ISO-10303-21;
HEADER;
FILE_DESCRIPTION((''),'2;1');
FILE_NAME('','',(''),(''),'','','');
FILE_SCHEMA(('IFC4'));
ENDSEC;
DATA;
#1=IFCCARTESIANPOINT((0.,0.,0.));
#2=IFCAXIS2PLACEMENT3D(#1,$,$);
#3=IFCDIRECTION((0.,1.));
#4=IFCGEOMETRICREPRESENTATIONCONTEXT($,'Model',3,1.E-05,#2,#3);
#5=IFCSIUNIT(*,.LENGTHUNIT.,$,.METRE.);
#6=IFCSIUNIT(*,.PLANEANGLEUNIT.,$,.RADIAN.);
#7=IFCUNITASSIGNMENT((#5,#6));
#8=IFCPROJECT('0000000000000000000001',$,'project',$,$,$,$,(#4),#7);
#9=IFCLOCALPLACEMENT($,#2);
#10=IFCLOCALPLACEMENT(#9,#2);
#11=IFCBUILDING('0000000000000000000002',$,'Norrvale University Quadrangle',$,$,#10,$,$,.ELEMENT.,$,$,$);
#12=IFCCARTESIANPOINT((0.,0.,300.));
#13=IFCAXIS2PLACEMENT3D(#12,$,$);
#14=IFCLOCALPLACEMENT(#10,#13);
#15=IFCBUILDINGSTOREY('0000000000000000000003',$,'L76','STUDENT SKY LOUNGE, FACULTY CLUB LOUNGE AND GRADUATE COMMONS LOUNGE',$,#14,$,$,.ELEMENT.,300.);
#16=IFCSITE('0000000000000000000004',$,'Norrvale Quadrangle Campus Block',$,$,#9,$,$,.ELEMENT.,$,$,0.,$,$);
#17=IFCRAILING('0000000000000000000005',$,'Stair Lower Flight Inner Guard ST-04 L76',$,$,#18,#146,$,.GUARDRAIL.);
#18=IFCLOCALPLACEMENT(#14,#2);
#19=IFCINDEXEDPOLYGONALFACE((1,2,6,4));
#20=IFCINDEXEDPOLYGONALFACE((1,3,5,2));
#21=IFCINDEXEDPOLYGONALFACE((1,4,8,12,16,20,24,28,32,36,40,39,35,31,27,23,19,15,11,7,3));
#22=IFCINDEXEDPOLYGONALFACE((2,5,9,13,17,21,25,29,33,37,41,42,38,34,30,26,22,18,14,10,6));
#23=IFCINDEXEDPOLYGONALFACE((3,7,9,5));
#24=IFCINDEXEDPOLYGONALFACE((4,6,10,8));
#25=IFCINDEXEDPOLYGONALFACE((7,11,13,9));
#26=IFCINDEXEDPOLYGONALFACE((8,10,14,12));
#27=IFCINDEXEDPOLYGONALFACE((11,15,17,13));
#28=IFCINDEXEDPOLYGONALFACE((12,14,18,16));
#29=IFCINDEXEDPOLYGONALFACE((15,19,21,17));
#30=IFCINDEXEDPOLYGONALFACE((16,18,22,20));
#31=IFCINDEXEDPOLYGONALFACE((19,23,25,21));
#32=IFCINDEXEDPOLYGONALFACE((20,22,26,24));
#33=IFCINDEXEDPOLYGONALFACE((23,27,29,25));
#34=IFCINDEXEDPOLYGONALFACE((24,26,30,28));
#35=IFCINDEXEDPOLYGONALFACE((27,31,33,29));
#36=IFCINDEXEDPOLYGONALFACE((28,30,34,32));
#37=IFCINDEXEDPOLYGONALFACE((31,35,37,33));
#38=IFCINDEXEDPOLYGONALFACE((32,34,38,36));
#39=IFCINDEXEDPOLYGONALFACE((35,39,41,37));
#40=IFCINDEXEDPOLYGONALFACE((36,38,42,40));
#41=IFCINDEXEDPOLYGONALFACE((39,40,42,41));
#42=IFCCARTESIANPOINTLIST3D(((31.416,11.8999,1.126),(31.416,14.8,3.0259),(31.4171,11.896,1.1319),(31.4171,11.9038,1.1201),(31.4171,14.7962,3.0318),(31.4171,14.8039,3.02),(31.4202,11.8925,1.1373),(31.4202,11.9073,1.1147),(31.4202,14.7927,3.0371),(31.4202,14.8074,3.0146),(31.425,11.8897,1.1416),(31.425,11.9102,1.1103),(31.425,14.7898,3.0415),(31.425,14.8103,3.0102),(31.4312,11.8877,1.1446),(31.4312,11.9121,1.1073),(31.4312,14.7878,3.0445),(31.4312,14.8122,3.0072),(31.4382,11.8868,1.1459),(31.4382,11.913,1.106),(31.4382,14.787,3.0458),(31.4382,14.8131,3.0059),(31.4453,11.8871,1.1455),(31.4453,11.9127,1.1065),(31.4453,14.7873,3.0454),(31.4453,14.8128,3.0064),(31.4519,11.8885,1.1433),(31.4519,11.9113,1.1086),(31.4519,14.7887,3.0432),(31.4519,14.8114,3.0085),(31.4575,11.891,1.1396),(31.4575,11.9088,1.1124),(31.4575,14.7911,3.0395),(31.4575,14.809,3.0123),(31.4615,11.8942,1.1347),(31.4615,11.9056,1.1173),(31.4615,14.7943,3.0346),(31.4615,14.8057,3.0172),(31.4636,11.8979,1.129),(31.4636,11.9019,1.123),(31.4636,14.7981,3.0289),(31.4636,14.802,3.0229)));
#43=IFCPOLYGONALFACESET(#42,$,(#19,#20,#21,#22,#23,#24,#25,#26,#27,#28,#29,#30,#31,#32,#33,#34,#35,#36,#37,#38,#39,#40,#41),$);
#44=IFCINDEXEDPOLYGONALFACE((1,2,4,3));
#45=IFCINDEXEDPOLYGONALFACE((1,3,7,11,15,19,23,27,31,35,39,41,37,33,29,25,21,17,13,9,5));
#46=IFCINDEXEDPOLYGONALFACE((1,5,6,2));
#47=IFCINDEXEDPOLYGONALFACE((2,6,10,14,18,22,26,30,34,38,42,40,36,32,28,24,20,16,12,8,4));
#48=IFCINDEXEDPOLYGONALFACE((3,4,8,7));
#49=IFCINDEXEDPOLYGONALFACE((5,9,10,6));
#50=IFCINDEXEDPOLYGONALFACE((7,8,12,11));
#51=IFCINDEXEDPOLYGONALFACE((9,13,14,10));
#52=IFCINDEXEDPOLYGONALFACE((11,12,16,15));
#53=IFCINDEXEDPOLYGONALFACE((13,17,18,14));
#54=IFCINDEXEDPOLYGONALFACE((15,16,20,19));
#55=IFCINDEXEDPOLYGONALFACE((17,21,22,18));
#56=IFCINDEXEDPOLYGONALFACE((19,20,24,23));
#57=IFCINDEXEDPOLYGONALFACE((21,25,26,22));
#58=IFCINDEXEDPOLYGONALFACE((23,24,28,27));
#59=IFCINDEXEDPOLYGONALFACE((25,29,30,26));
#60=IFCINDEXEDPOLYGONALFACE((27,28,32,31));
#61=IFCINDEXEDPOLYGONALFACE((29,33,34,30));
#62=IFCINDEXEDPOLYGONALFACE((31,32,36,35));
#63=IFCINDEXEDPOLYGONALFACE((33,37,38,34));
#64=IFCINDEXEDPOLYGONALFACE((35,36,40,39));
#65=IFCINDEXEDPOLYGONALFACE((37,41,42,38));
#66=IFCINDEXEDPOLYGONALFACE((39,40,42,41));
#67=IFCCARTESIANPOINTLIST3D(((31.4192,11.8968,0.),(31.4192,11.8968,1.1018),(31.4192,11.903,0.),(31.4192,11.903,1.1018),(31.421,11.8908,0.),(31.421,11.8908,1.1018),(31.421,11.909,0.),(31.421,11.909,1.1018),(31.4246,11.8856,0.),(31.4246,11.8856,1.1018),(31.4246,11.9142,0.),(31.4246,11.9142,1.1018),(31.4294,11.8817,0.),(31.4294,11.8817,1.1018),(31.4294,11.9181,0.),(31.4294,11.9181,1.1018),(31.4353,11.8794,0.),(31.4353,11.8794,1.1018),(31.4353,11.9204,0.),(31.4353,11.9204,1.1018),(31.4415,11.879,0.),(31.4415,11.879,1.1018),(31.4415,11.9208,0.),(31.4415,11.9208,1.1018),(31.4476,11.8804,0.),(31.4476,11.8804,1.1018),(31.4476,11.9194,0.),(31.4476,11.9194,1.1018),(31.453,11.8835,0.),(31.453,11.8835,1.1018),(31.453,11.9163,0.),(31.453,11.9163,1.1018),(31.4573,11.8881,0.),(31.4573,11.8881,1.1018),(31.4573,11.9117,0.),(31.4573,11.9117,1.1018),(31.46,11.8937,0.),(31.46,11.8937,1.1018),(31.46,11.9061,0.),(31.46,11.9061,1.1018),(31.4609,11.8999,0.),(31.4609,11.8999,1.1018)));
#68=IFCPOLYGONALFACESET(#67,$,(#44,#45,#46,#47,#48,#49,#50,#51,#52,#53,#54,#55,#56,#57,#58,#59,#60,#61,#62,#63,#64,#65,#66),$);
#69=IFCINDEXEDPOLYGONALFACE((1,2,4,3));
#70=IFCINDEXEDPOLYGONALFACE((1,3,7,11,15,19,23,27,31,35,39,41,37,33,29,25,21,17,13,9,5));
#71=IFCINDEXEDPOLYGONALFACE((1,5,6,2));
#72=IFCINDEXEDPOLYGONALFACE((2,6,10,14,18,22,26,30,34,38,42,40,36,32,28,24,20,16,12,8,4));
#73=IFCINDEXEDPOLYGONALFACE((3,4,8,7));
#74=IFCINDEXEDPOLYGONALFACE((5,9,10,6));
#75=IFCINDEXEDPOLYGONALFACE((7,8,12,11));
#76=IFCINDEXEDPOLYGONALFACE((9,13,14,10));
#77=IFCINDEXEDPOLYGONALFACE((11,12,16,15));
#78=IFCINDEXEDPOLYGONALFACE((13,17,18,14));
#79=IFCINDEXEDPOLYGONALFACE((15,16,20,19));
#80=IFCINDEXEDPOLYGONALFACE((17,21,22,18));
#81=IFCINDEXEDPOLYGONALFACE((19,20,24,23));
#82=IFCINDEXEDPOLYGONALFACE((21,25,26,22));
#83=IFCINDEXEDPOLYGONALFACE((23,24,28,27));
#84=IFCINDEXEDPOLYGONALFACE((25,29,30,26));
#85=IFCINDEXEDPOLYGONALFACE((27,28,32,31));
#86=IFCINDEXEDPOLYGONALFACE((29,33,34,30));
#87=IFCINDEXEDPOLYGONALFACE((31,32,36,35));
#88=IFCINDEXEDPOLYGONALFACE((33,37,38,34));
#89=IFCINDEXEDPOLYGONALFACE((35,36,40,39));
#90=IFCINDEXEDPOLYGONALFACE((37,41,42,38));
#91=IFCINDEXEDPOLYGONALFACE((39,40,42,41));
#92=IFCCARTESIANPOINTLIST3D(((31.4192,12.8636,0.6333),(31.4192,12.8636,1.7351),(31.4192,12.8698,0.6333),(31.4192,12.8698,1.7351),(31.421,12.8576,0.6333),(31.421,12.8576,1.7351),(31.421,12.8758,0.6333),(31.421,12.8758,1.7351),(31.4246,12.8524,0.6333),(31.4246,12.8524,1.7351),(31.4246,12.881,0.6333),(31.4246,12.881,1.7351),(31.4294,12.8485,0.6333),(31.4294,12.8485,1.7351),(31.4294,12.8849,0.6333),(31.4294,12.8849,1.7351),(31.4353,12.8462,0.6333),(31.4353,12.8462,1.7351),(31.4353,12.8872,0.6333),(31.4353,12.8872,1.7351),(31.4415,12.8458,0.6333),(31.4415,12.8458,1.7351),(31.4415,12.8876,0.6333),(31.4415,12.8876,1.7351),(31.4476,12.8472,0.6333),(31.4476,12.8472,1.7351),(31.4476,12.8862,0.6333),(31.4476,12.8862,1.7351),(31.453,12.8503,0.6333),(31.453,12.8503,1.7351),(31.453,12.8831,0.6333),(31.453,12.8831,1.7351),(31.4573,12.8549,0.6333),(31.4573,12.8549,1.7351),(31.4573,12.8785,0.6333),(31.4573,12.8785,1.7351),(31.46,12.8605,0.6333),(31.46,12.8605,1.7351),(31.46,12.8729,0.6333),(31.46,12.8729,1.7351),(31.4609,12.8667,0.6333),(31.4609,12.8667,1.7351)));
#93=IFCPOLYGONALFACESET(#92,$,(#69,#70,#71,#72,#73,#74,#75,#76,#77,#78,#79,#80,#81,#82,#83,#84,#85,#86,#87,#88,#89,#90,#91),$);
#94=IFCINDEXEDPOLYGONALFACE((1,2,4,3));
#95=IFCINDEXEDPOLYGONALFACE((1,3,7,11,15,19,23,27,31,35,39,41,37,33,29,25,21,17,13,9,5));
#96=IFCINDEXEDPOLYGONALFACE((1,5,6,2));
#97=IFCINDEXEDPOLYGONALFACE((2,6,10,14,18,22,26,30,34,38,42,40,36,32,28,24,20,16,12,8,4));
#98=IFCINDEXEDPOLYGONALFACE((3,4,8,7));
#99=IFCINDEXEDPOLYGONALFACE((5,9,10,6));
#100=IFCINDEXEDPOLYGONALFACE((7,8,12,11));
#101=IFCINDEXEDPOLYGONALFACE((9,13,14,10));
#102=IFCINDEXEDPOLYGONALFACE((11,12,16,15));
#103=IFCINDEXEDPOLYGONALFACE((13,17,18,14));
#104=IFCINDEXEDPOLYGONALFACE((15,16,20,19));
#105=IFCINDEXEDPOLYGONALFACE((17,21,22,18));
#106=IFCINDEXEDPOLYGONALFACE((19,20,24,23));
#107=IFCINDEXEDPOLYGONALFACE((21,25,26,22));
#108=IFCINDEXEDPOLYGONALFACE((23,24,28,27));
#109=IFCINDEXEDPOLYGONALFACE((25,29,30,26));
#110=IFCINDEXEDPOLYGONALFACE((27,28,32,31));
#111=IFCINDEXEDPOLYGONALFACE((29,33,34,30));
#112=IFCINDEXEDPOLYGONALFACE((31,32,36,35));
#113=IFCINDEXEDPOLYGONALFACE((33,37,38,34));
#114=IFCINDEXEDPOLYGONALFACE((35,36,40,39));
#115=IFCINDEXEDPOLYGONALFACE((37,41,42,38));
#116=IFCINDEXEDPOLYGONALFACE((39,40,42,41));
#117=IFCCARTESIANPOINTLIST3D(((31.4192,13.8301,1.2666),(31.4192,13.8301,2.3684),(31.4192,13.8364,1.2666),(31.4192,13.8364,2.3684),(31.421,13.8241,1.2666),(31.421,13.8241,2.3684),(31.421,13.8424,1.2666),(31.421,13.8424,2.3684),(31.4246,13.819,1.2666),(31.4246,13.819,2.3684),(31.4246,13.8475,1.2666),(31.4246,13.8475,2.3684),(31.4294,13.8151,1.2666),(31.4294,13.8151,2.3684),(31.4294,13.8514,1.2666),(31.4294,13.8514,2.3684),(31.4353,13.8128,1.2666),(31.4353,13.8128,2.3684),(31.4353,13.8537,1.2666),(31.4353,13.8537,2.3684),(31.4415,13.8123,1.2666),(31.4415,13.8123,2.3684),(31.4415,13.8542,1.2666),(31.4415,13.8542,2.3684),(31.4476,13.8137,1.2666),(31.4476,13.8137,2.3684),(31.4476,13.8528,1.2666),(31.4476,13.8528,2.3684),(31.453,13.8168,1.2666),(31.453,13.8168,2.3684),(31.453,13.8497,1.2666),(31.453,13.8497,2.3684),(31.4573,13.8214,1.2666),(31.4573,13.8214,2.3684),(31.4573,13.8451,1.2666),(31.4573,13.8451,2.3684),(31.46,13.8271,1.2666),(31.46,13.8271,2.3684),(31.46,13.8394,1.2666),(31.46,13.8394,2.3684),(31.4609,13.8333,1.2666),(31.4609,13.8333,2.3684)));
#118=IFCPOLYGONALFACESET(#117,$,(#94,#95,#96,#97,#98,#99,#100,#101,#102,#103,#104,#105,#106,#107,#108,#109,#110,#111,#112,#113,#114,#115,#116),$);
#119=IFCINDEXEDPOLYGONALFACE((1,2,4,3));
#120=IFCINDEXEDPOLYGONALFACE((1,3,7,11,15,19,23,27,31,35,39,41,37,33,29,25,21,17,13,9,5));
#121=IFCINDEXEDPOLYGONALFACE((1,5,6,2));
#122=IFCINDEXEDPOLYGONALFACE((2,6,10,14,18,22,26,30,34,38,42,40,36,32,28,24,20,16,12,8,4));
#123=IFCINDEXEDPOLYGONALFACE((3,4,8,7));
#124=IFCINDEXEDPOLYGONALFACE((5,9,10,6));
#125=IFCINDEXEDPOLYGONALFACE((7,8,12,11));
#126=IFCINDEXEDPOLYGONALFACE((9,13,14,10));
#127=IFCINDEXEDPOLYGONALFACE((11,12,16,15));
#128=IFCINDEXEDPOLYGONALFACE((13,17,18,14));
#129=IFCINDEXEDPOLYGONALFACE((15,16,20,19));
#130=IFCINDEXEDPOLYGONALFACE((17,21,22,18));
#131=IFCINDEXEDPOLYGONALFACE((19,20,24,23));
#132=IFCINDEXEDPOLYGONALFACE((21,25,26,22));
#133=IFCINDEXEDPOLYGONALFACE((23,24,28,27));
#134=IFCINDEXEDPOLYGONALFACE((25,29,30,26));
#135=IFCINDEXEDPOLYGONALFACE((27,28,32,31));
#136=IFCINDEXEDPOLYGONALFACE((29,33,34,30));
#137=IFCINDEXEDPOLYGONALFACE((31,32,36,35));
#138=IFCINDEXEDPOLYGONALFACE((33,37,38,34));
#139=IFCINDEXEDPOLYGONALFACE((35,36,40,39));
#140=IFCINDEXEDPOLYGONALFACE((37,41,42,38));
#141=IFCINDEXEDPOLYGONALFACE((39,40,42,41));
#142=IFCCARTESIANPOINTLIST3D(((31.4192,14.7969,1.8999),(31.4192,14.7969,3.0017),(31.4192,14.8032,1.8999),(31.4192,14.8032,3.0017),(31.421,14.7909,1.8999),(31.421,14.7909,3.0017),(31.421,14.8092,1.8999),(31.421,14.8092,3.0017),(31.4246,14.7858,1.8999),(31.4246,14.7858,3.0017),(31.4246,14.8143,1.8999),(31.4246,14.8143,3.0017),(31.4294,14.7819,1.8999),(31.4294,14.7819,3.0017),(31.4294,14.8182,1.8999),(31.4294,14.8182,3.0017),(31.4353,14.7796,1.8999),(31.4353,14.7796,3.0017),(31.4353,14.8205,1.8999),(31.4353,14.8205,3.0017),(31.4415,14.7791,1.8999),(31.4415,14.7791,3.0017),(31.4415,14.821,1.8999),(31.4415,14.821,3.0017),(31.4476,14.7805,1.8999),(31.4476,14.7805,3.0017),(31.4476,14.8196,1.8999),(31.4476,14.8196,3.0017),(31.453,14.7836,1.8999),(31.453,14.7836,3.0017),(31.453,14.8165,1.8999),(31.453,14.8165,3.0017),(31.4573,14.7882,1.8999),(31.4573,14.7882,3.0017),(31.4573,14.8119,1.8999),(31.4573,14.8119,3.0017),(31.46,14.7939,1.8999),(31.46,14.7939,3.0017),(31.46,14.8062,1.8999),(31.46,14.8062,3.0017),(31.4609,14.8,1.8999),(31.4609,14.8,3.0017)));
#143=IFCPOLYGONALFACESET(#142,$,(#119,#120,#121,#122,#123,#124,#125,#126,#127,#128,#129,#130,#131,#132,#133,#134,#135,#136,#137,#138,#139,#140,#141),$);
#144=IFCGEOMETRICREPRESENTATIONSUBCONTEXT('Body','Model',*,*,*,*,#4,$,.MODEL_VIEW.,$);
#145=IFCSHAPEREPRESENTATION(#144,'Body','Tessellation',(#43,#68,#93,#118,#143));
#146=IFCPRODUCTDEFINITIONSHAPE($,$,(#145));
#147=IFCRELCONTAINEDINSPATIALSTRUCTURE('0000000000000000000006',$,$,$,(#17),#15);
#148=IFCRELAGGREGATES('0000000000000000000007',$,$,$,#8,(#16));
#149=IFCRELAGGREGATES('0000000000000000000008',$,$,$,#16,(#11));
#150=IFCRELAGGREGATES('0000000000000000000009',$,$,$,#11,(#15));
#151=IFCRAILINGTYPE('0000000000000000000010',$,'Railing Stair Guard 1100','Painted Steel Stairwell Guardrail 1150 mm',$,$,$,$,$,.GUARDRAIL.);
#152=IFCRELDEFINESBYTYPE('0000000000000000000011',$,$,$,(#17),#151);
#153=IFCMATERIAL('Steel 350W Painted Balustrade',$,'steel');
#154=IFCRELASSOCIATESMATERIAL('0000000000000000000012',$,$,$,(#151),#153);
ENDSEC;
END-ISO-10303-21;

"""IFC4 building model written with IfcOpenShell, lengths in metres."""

from ifc_helpers import new_model, si_unit, direction, frame, origin, origin_2d, place, context, subcontext, project, spatial, circle, extrude, material, type_object, element, save


model = new_model("IFC4")

# Units and contexts
model_context = context("Model", 3, precision=1e-05, world=origin(), true_north=direction((0.0, 1.0)))
body_context = subcontext(model_context, "Body", "Model", "MODEL_VIEW")
ifc_project = project(units=[si_unit("LENGTHUNIT", "METRE"), si_unit("PLANEANGLEUNIT", "RADIAN")], contexts=[model_context])

# Site, building, storey
site_placement = place(None, origin())
site = spatial("IfcSite", under=ifc_project, at=site_placement, Name="Norrvale Quadrangle Campus Block", CompositionType="ELEMENT", RefElevation=0.0)
building_placement = place(site_placement, origin())
building = spatial("IfcBuilding", under=site, at=building_placement, Name="Norrvale University Quadrangle", CompositionType="ELEMENT")
storey_placement = place(building_placement, frame((0.0, 0.0, 300.0)))
storey = spatial("IfcBuildingStorey", under=building, at=storey_placement, Name="L76", Description="STUDENT SKY LOUNGE, FACULTY CLUB LOUNGE AND GRADUATE COMMONS LOUNGE", CompositionType="ELEMENT", Elevation=300.0)

# Railing
ifc_material_1 = material(Name="Steel 350W Painted Balustrade", Category="steel")
railing_type_1 = type_object("IfcRailingType", Name="Railing Stair Guard 1100", Description="Painted Steel Stairwell Guardrail 1150 mm", PredefinedType="GUARDRAIL", material=ifc_material_1)
railing_1_placement = place(storey_placement, frame((31.4399, 11.8999, 0.0)))
element("IfcRailing", 1, at=railing_1_placement, inside=storey, type_object=railing_type_1, Name="Stair Lower Flight Inner Guard ST-04 L76", PredefinedType="GUARDRAIL", context=body_context, shape_type="SweptSolid", body=[
    extrude(circle(Radius=0.0239, at=origin_2d()), frame((0.0, 0.0, 1.126), z_axis=(0.0, 0.836487, 0.547987), x_axis=(-1.0, 0.0, 0.0)), (0.0, 0.0, 1.0), 3.467),
    extrude(circle(Radius=0.021, at=origin_2d()), origin(), (0.0, 0.0, 1.0), 1.1018),
    extrude(circle(Radius=0.021, at=origin_2d()), frame((0.0, 0.9668, 0.6333)), (0.0, 0.0, 1.0), 1.1018),
    extrude(circle(Radius=0.021, at=origin_2d()), frame((0.0, 1.9333, 1.2666)), (0.0, 0.0, 1.0), 1.1018),
    extrude(circle(Radius=0.021, at=origin_2d()), frame((0.0, 2.9001, 1.8999)), (0.0, 0.0, 1.0), 1.1018),
])

save(model, "model.ifc")
